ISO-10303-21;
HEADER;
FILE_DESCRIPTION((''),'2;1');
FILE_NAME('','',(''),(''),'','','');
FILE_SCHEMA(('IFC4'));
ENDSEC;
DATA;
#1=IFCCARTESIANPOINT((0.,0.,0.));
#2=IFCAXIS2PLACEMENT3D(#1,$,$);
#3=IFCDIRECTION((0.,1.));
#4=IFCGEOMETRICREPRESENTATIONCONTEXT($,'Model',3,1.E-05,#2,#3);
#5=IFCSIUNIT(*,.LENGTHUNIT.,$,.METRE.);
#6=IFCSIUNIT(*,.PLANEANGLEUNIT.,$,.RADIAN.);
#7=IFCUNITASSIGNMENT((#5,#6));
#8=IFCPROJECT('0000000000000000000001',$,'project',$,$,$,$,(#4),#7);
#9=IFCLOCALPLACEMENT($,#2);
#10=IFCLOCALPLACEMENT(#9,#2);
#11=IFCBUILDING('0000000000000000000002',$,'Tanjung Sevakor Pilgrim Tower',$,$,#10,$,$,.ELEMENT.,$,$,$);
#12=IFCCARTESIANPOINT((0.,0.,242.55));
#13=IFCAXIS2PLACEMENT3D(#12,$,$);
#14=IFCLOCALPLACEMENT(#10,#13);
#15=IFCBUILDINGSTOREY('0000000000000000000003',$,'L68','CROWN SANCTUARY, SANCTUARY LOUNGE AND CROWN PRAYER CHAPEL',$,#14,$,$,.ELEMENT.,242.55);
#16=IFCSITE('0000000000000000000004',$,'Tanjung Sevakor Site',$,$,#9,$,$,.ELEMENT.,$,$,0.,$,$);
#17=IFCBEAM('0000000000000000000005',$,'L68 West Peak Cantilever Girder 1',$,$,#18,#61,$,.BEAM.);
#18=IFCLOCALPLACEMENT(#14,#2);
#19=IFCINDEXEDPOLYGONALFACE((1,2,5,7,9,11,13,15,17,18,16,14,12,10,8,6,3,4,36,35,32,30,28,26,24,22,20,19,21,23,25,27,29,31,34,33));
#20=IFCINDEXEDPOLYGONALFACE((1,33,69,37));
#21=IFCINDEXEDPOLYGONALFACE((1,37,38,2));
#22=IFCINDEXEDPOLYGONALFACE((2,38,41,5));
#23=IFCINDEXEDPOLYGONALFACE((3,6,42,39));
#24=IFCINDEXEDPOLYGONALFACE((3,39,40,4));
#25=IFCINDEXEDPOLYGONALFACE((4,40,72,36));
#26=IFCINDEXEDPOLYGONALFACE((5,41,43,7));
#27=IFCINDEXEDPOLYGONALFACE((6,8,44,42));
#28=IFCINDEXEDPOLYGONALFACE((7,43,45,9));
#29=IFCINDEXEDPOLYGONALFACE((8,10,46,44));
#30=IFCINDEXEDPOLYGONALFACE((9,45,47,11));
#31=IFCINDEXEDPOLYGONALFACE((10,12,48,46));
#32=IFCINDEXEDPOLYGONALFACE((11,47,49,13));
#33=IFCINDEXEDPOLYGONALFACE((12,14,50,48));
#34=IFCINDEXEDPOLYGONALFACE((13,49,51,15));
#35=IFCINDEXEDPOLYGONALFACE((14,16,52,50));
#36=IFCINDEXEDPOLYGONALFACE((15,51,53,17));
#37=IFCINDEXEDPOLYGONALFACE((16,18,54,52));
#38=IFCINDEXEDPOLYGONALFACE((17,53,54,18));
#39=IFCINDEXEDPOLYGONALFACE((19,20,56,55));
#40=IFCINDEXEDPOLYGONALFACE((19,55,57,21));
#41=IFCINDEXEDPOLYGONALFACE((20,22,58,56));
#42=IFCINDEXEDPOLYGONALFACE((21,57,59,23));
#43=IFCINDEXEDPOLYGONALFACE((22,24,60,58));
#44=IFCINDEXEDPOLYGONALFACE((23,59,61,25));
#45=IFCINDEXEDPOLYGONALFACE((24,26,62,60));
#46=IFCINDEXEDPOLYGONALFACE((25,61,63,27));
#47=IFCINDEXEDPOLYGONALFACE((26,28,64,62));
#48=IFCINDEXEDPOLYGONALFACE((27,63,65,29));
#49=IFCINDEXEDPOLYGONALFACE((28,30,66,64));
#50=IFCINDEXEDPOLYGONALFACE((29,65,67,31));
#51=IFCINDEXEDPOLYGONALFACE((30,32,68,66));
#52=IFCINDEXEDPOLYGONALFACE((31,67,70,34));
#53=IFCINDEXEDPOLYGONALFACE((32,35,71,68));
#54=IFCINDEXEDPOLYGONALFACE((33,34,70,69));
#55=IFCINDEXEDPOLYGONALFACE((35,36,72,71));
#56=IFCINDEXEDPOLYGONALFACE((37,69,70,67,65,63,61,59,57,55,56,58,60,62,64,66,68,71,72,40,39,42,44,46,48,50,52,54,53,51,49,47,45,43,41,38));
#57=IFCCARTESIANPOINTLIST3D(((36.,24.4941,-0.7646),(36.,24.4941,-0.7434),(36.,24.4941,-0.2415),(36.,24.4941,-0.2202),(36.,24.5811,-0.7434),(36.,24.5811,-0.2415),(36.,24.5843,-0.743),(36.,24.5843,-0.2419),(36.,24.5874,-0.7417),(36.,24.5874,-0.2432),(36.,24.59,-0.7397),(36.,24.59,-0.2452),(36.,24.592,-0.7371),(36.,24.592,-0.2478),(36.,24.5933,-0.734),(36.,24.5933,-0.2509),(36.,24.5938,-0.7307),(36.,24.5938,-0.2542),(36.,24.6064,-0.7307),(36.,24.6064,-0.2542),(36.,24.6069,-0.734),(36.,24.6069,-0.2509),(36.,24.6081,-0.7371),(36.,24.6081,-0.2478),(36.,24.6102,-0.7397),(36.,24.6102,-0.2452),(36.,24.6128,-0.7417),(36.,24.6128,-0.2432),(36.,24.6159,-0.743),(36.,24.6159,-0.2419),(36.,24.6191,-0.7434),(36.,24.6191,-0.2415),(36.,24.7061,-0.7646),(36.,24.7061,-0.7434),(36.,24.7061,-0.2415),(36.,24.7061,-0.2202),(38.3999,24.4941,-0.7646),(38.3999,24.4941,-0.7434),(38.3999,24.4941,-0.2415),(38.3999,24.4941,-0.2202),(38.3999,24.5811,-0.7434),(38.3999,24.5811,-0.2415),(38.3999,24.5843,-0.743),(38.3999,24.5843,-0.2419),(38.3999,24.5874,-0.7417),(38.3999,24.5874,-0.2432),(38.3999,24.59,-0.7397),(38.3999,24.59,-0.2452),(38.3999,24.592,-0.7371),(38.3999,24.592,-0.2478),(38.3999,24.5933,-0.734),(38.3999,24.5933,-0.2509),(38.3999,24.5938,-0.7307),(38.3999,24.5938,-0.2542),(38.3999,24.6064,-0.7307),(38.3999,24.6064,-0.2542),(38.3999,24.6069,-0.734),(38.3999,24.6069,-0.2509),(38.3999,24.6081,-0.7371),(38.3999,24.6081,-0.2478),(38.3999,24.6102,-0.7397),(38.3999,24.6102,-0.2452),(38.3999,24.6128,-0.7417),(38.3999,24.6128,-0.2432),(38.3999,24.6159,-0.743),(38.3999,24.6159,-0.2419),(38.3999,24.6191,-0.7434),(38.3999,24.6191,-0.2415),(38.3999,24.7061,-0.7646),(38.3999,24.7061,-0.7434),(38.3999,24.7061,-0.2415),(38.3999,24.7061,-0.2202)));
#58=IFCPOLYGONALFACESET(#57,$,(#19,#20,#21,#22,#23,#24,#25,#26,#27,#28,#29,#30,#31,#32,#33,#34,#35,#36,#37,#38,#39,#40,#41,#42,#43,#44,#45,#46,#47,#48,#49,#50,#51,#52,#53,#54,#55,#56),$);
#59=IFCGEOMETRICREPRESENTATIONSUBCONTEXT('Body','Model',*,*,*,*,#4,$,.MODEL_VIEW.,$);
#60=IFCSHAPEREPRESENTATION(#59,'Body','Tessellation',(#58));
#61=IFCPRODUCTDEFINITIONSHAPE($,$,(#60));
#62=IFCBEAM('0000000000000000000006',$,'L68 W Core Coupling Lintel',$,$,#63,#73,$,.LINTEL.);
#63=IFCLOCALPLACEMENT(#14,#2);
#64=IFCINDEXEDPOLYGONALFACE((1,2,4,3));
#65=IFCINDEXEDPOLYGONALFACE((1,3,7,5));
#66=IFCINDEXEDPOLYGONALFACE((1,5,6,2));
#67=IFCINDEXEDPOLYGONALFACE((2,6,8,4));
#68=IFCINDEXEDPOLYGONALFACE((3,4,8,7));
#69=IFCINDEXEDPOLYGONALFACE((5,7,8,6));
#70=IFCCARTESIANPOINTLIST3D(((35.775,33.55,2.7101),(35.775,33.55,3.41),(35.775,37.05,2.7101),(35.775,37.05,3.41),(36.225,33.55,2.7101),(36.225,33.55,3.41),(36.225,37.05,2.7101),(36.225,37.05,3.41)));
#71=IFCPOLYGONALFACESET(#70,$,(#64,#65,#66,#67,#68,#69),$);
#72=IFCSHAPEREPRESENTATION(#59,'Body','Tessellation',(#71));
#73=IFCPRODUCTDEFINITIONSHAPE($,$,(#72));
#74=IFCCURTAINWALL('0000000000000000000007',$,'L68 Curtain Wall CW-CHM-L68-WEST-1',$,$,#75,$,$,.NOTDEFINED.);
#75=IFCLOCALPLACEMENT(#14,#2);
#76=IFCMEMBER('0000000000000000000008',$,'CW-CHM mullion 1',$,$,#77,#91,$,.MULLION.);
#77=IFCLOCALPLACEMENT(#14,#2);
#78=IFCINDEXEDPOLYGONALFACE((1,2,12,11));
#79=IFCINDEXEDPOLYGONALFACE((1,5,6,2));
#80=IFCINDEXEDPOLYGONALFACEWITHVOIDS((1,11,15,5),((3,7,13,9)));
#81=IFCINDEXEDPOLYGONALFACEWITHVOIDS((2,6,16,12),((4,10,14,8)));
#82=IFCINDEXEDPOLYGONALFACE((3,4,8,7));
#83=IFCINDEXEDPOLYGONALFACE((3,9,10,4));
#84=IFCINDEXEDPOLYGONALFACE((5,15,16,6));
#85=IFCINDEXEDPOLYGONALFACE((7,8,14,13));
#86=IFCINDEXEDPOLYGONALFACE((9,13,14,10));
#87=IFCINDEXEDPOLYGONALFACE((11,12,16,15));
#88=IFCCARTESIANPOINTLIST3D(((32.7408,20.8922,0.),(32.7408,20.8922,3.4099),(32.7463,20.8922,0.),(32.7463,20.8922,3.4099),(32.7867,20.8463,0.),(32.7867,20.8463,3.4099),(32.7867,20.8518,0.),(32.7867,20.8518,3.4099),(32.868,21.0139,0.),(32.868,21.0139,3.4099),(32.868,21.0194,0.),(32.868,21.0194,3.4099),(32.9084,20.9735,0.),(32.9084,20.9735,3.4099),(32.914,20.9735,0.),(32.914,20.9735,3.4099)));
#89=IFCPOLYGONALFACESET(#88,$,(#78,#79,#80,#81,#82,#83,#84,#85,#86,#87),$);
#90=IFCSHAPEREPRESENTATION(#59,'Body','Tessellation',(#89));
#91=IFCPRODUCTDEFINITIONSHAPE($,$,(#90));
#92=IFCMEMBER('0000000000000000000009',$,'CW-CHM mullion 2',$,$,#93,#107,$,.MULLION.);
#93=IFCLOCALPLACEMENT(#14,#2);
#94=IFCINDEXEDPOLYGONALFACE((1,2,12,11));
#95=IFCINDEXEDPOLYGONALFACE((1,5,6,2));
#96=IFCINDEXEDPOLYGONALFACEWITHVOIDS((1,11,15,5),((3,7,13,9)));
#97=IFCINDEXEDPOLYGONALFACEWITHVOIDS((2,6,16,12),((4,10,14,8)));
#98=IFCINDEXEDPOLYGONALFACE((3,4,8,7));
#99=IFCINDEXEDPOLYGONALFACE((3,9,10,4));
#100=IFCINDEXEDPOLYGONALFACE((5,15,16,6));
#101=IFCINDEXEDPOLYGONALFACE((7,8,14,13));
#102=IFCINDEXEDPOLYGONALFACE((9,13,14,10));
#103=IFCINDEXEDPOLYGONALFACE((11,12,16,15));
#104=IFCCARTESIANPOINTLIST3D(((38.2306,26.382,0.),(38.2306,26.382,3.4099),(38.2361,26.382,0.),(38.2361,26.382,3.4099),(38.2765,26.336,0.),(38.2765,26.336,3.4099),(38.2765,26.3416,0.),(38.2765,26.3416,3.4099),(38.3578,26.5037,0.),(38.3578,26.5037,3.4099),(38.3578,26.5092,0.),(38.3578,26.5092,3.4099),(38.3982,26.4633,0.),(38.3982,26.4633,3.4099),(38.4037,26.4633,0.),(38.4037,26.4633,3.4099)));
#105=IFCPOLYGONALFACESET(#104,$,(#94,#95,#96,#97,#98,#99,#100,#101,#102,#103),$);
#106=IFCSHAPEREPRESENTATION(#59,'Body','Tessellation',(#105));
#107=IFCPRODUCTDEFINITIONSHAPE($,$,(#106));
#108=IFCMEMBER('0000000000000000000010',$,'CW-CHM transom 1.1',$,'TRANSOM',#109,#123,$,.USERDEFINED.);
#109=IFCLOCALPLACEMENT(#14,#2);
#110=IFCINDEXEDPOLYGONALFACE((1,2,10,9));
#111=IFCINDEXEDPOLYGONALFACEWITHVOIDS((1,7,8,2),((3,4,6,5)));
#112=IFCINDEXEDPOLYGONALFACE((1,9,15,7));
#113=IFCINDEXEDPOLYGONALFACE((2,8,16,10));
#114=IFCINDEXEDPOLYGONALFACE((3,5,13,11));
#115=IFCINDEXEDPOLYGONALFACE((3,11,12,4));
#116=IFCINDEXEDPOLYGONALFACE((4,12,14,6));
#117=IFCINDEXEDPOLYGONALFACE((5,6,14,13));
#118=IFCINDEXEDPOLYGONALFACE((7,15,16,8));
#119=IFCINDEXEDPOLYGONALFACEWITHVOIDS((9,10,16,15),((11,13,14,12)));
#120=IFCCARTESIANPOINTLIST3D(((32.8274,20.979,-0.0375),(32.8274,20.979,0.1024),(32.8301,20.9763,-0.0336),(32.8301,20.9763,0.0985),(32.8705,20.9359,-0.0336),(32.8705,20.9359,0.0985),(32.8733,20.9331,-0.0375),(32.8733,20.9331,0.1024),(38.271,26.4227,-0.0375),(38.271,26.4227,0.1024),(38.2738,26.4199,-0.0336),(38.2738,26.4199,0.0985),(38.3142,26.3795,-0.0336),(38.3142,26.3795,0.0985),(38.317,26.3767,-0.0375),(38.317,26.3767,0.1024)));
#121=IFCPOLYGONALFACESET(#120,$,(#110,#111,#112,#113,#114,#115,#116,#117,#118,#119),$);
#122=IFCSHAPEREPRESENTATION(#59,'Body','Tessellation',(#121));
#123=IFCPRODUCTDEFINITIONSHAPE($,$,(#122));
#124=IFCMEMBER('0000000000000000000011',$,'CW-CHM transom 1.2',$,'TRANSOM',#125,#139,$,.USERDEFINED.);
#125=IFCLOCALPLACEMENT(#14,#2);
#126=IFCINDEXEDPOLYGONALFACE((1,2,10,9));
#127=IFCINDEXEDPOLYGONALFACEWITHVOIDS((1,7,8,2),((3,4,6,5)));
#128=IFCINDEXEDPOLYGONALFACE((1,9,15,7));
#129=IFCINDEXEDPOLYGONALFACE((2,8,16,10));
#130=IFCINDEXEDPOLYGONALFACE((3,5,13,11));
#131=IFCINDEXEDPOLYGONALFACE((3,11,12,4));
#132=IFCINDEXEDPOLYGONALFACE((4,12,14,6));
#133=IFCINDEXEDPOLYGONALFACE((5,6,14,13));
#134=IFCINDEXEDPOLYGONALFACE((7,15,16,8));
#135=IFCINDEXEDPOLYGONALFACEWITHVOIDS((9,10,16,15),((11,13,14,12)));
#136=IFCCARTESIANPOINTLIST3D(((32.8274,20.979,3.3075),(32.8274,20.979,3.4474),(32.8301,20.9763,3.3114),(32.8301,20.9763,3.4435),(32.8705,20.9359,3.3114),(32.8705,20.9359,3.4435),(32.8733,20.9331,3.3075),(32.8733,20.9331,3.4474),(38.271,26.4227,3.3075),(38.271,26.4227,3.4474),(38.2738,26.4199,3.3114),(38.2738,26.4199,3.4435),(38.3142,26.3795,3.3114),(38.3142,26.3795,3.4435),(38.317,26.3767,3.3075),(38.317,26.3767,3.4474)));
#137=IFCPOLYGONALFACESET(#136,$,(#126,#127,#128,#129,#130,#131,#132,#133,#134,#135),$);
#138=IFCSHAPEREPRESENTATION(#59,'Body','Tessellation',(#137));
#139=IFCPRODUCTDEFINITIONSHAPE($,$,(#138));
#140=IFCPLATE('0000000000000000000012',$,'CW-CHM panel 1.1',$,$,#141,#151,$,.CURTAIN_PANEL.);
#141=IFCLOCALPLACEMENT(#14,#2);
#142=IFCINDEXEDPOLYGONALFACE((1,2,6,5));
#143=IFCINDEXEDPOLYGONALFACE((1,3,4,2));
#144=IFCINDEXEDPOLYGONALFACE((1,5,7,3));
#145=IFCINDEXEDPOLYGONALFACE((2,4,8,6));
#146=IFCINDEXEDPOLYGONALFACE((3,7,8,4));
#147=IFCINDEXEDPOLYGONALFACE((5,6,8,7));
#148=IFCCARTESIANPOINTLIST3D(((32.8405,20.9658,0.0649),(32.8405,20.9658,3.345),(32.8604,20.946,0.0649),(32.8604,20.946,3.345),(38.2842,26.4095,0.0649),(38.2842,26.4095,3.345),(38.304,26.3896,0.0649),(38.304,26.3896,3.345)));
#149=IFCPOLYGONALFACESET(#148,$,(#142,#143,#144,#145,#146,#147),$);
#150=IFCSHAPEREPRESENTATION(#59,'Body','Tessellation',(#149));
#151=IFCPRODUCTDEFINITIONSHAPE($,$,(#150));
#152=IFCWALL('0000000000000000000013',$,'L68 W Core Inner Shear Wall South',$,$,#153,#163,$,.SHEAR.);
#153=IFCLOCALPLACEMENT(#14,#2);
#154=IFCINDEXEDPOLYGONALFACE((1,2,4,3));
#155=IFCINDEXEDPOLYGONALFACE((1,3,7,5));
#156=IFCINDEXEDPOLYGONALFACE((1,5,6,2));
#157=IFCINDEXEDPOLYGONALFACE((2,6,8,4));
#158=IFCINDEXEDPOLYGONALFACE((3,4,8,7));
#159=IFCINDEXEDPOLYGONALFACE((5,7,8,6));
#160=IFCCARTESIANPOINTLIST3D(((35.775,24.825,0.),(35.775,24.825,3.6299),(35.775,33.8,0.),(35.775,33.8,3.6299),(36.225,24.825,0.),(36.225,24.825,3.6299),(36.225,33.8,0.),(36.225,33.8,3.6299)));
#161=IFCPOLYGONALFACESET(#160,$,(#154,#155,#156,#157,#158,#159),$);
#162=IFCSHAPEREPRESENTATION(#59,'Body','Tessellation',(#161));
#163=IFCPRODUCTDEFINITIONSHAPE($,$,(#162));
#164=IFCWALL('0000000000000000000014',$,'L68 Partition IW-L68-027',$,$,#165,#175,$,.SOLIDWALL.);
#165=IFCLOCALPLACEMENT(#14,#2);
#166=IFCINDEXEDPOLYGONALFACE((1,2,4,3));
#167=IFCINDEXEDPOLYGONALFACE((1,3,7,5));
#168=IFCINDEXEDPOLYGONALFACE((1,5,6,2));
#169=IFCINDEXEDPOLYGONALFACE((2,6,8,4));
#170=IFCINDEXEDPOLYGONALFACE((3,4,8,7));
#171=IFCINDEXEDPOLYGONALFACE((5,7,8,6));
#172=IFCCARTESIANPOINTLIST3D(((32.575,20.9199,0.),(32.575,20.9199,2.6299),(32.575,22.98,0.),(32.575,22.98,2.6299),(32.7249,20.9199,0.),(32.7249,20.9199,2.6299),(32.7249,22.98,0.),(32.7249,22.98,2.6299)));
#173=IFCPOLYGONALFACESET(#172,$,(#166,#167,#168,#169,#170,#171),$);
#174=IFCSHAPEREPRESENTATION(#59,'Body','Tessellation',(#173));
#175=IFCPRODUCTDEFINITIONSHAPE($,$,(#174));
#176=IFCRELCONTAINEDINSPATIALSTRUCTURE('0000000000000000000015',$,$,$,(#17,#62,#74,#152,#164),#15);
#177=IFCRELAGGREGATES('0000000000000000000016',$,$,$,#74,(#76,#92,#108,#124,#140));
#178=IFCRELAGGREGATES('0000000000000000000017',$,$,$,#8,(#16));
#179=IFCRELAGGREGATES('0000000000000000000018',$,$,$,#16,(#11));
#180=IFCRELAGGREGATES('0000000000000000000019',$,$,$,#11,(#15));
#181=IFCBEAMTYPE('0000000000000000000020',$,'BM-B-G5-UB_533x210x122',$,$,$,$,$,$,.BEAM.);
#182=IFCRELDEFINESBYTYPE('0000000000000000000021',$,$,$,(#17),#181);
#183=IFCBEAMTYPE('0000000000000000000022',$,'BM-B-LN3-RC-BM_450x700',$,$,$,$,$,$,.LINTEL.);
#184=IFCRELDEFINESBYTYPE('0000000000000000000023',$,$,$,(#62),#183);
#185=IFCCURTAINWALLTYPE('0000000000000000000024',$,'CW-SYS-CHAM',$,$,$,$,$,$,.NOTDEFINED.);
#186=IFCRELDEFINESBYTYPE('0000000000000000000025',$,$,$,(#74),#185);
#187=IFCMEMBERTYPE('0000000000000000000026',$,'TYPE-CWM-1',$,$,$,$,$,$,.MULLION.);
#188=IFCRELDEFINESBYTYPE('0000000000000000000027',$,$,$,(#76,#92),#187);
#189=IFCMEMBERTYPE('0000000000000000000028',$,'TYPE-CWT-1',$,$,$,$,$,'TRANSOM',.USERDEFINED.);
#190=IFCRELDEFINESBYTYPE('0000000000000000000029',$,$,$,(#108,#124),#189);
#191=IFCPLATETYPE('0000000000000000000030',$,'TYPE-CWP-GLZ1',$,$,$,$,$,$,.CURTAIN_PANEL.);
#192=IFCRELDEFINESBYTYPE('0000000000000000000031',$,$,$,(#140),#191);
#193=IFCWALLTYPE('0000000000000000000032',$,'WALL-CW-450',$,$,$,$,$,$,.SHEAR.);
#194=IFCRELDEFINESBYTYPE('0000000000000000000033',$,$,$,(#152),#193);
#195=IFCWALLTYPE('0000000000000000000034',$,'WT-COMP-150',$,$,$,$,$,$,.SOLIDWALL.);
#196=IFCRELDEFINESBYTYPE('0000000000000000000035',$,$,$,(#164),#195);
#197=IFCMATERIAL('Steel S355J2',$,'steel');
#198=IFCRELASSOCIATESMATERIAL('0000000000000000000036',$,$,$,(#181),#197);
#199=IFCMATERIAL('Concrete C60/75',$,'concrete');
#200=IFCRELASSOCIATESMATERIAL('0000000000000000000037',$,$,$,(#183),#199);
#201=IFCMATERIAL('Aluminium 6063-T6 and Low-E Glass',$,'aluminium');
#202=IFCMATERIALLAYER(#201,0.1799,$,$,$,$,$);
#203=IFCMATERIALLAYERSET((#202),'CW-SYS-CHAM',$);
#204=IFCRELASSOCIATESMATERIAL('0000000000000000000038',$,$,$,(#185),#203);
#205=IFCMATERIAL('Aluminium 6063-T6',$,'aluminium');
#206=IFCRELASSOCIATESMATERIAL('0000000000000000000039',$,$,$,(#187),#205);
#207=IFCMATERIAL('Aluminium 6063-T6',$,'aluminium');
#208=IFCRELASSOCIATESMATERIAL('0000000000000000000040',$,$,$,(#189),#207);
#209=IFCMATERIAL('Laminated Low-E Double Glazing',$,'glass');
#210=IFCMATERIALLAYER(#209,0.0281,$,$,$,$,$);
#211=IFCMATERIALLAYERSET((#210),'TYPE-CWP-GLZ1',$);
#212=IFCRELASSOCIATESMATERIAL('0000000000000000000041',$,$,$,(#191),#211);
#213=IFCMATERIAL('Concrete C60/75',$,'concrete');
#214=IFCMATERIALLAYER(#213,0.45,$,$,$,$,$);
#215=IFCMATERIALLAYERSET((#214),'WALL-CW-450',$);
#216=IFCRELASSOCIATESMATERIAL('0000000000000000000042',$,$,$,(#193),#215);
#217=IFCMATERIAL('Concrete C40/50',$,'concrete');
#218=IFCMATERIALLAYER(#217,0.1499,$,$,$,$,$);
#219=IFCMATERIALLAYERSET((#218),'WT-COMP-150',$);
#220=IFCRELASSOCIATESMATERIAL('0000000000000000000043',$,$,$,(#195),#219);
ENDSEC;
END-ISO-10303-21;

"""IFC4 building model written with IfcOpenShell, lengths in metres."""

from ifc_helpers import new_model, si_unit, direction, frame, frame_2d, origin, origin_2d, place, context, subcontext, project, spatial, rectangle, hollow_rectangle, i_section, extrude, material, layer, layer_set, material_profile, profile_set, type_object, element, aggregate, save


model = new_model("IFC4")

# Units and contexts
model_context = context("Model", 3, precision=1e-05, world=origin(), true_north=direction((0.0, 1.0)))
body_context = subcontext(model_context, "Body", "Model", "MODEL_VIEW")
ifc_project = project(units=[si_unit("LENGTHUNIT", "METRE"), si_unit("PLANEANGLEUNIT", "RADIAN")], contexts=[model_context])

# Site, building, storey
site_placement = place(None, origin())
site = spatial("IfcSite", under=ifc_project, at=site_placement, Name="Tanjung Sevakor Site", CompositionType="ELEMENT", RefElevation=0.0)
building_placement = place(site_placement, origin())
building = spatial("IfcBuilding", under=site, at=building_placement, Name="Tanjung Sevakor Pilgrim Tower", CompositionType="ELEMENT")
storey_placement = place(building_placement, frame((0.0, 0.0, 242.55)))
storey = spatial("IfcBuildingStorey", under=building, at=storey_placement, Name="L68", Description="CROWN SANCTUARY, SANCTUARY LOUNGE AND CROWN PRAYER CHAPEL", CompositionType="ELEMENT", Elevation=242.55)

# Beams
ifc_material_1 = material(Name="Steel S355J2", Category="steel")
ifc_material_profile_1 = material_profile(ifc_material_1, i_section(OverallWidth=0.2119, OverallDepth=0.5444, WebThickness=0.0127, FlangeThickness=0.0212, FilletRadius=0.0127, at=origin_2d()))
ifc_profile_set_1 = profile_set([ifc_material_profile_1], Name="Steel S355J2")
beam_type_1 = type_object("IfcBeamType", Name="BM-B-G5-UB_533x210x122", PredefinedType="BEAM", material=ifc_profile_set_1)
beam_1_placement = place(storey_placement, frame((36.0, 24.6001, -0.4924), z_axis=(1.0, 0.0, 0.0), x_axis=(0.0, 1.0, 0.0)))
element("IfcBeam", 1, at=beam_1_placement, inside=storey, type_object=beam_type_1, Name="L68 West Peak Cantilever Girder 1", PredefinedType="BEAM", context=body_context, shape_type="SweptSolid", body=[
    extrude(i_section(OverallWidth=0.2119, OverallDepth=0.5444, WebThickness=0.0127, FlangeThickness=0.0212, FilletRadius=0.0127, at=origin_2d()), origin(), (0.0, 0.0, 1.0), 2.3999),
])
ifc_material_2 = material(Name="Concrete C60/75", Category="concrete")
ifc_material_profile_2 = material_profile(ifc_material_2, rectangle(XDim=0.45, YDim=0.7, at=origin_2d()))
ifc_profile_set_2 = profile_set([ifc_material_profile_2], Name="Concrete C60/75")
beam_type_2 = type_object("IfcBeamType", Name="BM-B-LN3-RC-BM_450x700", PredefinedType="LINTEL", material=ifc_profile_set_2)
beam_2_placement = place(storey_placement, frame((36.0, 33.55, 3.0601), z_axis=(0.0, 1.0, 0.0), x_axis=(-1.0, 0.0, 0.0)))
element("IfcBeam", 2, at=beam_2_placement, inside=storey, type_object=beam_type_2, Name="L68 W Core Coupling Lintel", PredefinedType="LINTEL", context=body_context, shape_type="SweptSolid", body=[
    extrude(rectangle(XDim=0.45, YDim=0.7, at=origin_2d()), origin(), (0.0, 0.0, 1.0), 3.5),
])

# Curtain wall, members, plate
ifc_material_3 = material(Name="Aluminium 6063-T6 and Low-E Glass", Category="aluminium")
ifc_layer_1 = layer(ifc_material_3, 0.1799)
ifc_layer_set_1 = layer_set([ifc_layer_1], Name="CW-SYS-CHAM")
curtain_wall_type = type_object("IfcCurtainWallType", Name="CW-SYS-CHAM", PredefinedType="NOTDEFINED", material=ifc_layer_set_1)
curtain_wall_placement = place(storey_placement, origin())
curtain_wall = element("IfcCurtainWall", 3, at=curtain_wall_placement, inside=storey, type_object=curtain_wall_type, Name="L68 Curtain Wall CW-CHM-L68-WEST-1", PredefinedType="NOTDEFINED")
ifc_material_4 = material(Name="Aluminium 6063-T6", Category="aluminium")
ifc_material_profile_3 = material_profile(ifc_material_4, hollow_rectangle(XDim=0.0649, YDim=0.1799, WallThickness=0.0039, at=origin_2d()))
ifc_profile_set_3 = profile_set([ifc_material_profile_3], Name="Aluminium 6063-T6")
member_type_1 = type_object("IfcMemberType", Name="TYPE-CWM-1", PredefinedType="MULLION", material=ifc_profile_set_3)
member_1_placement = place(storey_placement, frame((32.8274, 20.9329, 0.0), z_axis=(0.0, 0.0, 1.0), x_axis=(-0.707107, 0.707107, 0.0)))
member_1 = element("IfcMember", 4, at=member_1_placement, type_object=member_type_1, Name="CW-CHM mullion 1", PredefinedType="MULLION", context=body_context, shape_type="SweptSolid", body=[
    extrude(hollow_rectangle(XDim=0.0649, YDim=0.1799, WallThickness=0.0039, at=origin_2d()), origin(), (0.0, 0.0, 1.0), 3.4099),
])
member_2_placement = place(storey_placement, frame((38.3171, 26.4226, 0.0), z_axis=(0.0, 0.0, 1.0), x_axis=(-0.707107, 0.707107, 0.0)))
member_2 = element("IfcMember", 5, at=member_2_placement, type_object=member_type_1, Name="CW-CHM mullion 2", PredefinedType="MULLION", context=body_context, shape_type="SweptSolid", body=[
    extrude(hollow_rectangle(XDim=0.0649, YDim=0.1799, WallThickness=0.0039, at=origin_2d()), origin(), (0.0, 0.0, 1.0), 3.4099),
])
ifc_material_5 = material(Name="Aluminium 6063-T6", Category="aluminium")
ifc_material_profile_4 = material_profile(ifc_material_5, hollow_rectangle(XDim=0.0649, YDim=0.1399, WallThickness=0.0039, at=origin_2d()))
ifc_profile_set_4 = profile_set([ifc_material_profile_4], Name="Aluminium 6063-T6")
member_type_2 = type_object("IfcMemberType", Name="TYPE-CWT-1", ElementType="TRANSOM", PredefinedType="USERDEFINED", material=ifc_profile_set_4)
member_3_placement = place(storey_placement, frame((32.8503, 20.9561, 0.0325), z_axis=(0.707107, 0.707107, 0.0), x_axis=(-0.707107, 0.707107, 0.0)))
member_3 = element("IfcMember", 6, at=member_3_placement, type_object=member_type_2, Name="CW-CHM transom 1.1", ObjectType="TRANSOM", PredefinedType="USERDEFINED", context=body_context, shape_type="SweptSolid", body=[
    extrude(hollow_rectangle(XDim=0.0649, YDim=0.1399, WallThickness=0.0039, at=origin_2d()), origin(), (0.0, 0.0, 1.0), 7.6985),
])
member_4_placement = place(storey_placement, frame((32.8503, 20.9561, 3.3774), z_axis=(0.707107, 0.707107, 0.0), x_axis=(-0.707107, 0.707107, 0.0)))
member_4 = element("IfcMember", 7, at=member_4_placement, type_object=member_type_2, Name="CW-CHM transom 1.2", ObjectType="TRANSOM", PredefinedType="USERDEFINED", context=body_context, shape_type="SweptSolid", body=[
    extrude(hollow_rectangle(XDim=0.0649, YDim=0.1399, WallThickness=0.0039, at=origin_2d()), origin(), (0.0, 0.0, 1.0), 7.6985),
])
ifc_material_6 = material(Name="Laminated Low-E Double Glazing", Category="glass")
ifc_layer_2 = layer(ifc_material_6, 0.0281)
ifc_layer_set_2 = layer_set([ifc_layer_2], Name="TYPE-CWP-GLZ1")
plate_type = type_object("IfcPlateType", Name="TYPE-CWP-GLZ1", PredefinedType="CURTAIN_PANEL", material=ifc_layer_set_2)
plate_placement = place(storey_placement, frame((35.5723, 23.6777, 0.0649), z_axis=(0.0, 0.0, 1.0), x_axis=(0.707107, 0.707107, 0.0)))
plate = element("IfcPlate", 8, at=plate_placement, type_object=plate_type, Name="CW-CHM panel 1.1", PredefinedType="CURTAIN_PANEL", context=body_context, shape_type="SweptSolid", body=[
    extrude(rectangle(XDim=7.6985, YDim=0.0281, at=origin_2d()), origin(), (0.0, 0.0, 1.0), 3.28),
])
aggregate(curtain_wall, [member_1, member_2, member_3, member_4, plate])

# Wall
ifc_material_7 = material(Name="Concrete C60/75", Category="concrete")
ifc_layer_3 = layer(ifc_material_7, 0.45)
ifc_layer_set_3 = layer_set([ifc_layer_3], Name="WALL-CW-450")
wall_type_1 = type_object("IfcWallType", Name="WALL-CW-450", PredefinedType="SHEAR", material=ifc_layer_set_3)
wall_1_placement = place(storey_placement, frame((36.0, 24.825, 0.0), z_axis=(0.0, 0.0, 1.0), x_axis=(0.0, 1.0, 0.0)))
element("IfcWall", 9, at=wall_1_placement, inside=storey, type_object=wall_type_1, Name="L68 W Core Inner Shear Wall South", PredefinedType="SHEAR", context=body_context, shape_type="SweptSolid", body=[
    extrude(rectangle(XDim=8.9751, YDim=0.45, at=frame_2d((4.4875, 0.0))), origin(), (0.0, 0.0, 1.0), 3.6299),
])

# Shared definitions
ifc_material_8 = material(Name="Concrete C40/50", Category="concrete")
ifc_layer_4 = layer(ifc_material_8, 0.1499)
ifc_layer_set_4 = layer_set([ifc_layer_4], Name="WT-COMP-150")
wall_type_2 = type_object("IfcWallType", Name="WT-COMP-150", PredefinedType="SOLIDWALL", material=ifc_layer_set_4)

# Wall
wall_2_placement = place(storey_placement, frame((32.6499, 20.9199, 0.0), z_axis=(0.0, 0.0, 1.0), x_axis=(0.0, 1.0, 0.0)))
element("IfcWall", 10, at=wall_2_placement, inside=storey, type_object=wall_type_2, Name="L68 Partition IW-L68-027", PredefinedType="SOLIDWALL", context=body_context, shape_type="SweptSolid", body=[
    extrude(rectangle(XDim=2.0601, YDim=0.1499, at=frame_2d((1.03, 0.0))), origin(), (0.0, 0.0, 1.0), 2.6299),
])

save(model, "model.ifc")
